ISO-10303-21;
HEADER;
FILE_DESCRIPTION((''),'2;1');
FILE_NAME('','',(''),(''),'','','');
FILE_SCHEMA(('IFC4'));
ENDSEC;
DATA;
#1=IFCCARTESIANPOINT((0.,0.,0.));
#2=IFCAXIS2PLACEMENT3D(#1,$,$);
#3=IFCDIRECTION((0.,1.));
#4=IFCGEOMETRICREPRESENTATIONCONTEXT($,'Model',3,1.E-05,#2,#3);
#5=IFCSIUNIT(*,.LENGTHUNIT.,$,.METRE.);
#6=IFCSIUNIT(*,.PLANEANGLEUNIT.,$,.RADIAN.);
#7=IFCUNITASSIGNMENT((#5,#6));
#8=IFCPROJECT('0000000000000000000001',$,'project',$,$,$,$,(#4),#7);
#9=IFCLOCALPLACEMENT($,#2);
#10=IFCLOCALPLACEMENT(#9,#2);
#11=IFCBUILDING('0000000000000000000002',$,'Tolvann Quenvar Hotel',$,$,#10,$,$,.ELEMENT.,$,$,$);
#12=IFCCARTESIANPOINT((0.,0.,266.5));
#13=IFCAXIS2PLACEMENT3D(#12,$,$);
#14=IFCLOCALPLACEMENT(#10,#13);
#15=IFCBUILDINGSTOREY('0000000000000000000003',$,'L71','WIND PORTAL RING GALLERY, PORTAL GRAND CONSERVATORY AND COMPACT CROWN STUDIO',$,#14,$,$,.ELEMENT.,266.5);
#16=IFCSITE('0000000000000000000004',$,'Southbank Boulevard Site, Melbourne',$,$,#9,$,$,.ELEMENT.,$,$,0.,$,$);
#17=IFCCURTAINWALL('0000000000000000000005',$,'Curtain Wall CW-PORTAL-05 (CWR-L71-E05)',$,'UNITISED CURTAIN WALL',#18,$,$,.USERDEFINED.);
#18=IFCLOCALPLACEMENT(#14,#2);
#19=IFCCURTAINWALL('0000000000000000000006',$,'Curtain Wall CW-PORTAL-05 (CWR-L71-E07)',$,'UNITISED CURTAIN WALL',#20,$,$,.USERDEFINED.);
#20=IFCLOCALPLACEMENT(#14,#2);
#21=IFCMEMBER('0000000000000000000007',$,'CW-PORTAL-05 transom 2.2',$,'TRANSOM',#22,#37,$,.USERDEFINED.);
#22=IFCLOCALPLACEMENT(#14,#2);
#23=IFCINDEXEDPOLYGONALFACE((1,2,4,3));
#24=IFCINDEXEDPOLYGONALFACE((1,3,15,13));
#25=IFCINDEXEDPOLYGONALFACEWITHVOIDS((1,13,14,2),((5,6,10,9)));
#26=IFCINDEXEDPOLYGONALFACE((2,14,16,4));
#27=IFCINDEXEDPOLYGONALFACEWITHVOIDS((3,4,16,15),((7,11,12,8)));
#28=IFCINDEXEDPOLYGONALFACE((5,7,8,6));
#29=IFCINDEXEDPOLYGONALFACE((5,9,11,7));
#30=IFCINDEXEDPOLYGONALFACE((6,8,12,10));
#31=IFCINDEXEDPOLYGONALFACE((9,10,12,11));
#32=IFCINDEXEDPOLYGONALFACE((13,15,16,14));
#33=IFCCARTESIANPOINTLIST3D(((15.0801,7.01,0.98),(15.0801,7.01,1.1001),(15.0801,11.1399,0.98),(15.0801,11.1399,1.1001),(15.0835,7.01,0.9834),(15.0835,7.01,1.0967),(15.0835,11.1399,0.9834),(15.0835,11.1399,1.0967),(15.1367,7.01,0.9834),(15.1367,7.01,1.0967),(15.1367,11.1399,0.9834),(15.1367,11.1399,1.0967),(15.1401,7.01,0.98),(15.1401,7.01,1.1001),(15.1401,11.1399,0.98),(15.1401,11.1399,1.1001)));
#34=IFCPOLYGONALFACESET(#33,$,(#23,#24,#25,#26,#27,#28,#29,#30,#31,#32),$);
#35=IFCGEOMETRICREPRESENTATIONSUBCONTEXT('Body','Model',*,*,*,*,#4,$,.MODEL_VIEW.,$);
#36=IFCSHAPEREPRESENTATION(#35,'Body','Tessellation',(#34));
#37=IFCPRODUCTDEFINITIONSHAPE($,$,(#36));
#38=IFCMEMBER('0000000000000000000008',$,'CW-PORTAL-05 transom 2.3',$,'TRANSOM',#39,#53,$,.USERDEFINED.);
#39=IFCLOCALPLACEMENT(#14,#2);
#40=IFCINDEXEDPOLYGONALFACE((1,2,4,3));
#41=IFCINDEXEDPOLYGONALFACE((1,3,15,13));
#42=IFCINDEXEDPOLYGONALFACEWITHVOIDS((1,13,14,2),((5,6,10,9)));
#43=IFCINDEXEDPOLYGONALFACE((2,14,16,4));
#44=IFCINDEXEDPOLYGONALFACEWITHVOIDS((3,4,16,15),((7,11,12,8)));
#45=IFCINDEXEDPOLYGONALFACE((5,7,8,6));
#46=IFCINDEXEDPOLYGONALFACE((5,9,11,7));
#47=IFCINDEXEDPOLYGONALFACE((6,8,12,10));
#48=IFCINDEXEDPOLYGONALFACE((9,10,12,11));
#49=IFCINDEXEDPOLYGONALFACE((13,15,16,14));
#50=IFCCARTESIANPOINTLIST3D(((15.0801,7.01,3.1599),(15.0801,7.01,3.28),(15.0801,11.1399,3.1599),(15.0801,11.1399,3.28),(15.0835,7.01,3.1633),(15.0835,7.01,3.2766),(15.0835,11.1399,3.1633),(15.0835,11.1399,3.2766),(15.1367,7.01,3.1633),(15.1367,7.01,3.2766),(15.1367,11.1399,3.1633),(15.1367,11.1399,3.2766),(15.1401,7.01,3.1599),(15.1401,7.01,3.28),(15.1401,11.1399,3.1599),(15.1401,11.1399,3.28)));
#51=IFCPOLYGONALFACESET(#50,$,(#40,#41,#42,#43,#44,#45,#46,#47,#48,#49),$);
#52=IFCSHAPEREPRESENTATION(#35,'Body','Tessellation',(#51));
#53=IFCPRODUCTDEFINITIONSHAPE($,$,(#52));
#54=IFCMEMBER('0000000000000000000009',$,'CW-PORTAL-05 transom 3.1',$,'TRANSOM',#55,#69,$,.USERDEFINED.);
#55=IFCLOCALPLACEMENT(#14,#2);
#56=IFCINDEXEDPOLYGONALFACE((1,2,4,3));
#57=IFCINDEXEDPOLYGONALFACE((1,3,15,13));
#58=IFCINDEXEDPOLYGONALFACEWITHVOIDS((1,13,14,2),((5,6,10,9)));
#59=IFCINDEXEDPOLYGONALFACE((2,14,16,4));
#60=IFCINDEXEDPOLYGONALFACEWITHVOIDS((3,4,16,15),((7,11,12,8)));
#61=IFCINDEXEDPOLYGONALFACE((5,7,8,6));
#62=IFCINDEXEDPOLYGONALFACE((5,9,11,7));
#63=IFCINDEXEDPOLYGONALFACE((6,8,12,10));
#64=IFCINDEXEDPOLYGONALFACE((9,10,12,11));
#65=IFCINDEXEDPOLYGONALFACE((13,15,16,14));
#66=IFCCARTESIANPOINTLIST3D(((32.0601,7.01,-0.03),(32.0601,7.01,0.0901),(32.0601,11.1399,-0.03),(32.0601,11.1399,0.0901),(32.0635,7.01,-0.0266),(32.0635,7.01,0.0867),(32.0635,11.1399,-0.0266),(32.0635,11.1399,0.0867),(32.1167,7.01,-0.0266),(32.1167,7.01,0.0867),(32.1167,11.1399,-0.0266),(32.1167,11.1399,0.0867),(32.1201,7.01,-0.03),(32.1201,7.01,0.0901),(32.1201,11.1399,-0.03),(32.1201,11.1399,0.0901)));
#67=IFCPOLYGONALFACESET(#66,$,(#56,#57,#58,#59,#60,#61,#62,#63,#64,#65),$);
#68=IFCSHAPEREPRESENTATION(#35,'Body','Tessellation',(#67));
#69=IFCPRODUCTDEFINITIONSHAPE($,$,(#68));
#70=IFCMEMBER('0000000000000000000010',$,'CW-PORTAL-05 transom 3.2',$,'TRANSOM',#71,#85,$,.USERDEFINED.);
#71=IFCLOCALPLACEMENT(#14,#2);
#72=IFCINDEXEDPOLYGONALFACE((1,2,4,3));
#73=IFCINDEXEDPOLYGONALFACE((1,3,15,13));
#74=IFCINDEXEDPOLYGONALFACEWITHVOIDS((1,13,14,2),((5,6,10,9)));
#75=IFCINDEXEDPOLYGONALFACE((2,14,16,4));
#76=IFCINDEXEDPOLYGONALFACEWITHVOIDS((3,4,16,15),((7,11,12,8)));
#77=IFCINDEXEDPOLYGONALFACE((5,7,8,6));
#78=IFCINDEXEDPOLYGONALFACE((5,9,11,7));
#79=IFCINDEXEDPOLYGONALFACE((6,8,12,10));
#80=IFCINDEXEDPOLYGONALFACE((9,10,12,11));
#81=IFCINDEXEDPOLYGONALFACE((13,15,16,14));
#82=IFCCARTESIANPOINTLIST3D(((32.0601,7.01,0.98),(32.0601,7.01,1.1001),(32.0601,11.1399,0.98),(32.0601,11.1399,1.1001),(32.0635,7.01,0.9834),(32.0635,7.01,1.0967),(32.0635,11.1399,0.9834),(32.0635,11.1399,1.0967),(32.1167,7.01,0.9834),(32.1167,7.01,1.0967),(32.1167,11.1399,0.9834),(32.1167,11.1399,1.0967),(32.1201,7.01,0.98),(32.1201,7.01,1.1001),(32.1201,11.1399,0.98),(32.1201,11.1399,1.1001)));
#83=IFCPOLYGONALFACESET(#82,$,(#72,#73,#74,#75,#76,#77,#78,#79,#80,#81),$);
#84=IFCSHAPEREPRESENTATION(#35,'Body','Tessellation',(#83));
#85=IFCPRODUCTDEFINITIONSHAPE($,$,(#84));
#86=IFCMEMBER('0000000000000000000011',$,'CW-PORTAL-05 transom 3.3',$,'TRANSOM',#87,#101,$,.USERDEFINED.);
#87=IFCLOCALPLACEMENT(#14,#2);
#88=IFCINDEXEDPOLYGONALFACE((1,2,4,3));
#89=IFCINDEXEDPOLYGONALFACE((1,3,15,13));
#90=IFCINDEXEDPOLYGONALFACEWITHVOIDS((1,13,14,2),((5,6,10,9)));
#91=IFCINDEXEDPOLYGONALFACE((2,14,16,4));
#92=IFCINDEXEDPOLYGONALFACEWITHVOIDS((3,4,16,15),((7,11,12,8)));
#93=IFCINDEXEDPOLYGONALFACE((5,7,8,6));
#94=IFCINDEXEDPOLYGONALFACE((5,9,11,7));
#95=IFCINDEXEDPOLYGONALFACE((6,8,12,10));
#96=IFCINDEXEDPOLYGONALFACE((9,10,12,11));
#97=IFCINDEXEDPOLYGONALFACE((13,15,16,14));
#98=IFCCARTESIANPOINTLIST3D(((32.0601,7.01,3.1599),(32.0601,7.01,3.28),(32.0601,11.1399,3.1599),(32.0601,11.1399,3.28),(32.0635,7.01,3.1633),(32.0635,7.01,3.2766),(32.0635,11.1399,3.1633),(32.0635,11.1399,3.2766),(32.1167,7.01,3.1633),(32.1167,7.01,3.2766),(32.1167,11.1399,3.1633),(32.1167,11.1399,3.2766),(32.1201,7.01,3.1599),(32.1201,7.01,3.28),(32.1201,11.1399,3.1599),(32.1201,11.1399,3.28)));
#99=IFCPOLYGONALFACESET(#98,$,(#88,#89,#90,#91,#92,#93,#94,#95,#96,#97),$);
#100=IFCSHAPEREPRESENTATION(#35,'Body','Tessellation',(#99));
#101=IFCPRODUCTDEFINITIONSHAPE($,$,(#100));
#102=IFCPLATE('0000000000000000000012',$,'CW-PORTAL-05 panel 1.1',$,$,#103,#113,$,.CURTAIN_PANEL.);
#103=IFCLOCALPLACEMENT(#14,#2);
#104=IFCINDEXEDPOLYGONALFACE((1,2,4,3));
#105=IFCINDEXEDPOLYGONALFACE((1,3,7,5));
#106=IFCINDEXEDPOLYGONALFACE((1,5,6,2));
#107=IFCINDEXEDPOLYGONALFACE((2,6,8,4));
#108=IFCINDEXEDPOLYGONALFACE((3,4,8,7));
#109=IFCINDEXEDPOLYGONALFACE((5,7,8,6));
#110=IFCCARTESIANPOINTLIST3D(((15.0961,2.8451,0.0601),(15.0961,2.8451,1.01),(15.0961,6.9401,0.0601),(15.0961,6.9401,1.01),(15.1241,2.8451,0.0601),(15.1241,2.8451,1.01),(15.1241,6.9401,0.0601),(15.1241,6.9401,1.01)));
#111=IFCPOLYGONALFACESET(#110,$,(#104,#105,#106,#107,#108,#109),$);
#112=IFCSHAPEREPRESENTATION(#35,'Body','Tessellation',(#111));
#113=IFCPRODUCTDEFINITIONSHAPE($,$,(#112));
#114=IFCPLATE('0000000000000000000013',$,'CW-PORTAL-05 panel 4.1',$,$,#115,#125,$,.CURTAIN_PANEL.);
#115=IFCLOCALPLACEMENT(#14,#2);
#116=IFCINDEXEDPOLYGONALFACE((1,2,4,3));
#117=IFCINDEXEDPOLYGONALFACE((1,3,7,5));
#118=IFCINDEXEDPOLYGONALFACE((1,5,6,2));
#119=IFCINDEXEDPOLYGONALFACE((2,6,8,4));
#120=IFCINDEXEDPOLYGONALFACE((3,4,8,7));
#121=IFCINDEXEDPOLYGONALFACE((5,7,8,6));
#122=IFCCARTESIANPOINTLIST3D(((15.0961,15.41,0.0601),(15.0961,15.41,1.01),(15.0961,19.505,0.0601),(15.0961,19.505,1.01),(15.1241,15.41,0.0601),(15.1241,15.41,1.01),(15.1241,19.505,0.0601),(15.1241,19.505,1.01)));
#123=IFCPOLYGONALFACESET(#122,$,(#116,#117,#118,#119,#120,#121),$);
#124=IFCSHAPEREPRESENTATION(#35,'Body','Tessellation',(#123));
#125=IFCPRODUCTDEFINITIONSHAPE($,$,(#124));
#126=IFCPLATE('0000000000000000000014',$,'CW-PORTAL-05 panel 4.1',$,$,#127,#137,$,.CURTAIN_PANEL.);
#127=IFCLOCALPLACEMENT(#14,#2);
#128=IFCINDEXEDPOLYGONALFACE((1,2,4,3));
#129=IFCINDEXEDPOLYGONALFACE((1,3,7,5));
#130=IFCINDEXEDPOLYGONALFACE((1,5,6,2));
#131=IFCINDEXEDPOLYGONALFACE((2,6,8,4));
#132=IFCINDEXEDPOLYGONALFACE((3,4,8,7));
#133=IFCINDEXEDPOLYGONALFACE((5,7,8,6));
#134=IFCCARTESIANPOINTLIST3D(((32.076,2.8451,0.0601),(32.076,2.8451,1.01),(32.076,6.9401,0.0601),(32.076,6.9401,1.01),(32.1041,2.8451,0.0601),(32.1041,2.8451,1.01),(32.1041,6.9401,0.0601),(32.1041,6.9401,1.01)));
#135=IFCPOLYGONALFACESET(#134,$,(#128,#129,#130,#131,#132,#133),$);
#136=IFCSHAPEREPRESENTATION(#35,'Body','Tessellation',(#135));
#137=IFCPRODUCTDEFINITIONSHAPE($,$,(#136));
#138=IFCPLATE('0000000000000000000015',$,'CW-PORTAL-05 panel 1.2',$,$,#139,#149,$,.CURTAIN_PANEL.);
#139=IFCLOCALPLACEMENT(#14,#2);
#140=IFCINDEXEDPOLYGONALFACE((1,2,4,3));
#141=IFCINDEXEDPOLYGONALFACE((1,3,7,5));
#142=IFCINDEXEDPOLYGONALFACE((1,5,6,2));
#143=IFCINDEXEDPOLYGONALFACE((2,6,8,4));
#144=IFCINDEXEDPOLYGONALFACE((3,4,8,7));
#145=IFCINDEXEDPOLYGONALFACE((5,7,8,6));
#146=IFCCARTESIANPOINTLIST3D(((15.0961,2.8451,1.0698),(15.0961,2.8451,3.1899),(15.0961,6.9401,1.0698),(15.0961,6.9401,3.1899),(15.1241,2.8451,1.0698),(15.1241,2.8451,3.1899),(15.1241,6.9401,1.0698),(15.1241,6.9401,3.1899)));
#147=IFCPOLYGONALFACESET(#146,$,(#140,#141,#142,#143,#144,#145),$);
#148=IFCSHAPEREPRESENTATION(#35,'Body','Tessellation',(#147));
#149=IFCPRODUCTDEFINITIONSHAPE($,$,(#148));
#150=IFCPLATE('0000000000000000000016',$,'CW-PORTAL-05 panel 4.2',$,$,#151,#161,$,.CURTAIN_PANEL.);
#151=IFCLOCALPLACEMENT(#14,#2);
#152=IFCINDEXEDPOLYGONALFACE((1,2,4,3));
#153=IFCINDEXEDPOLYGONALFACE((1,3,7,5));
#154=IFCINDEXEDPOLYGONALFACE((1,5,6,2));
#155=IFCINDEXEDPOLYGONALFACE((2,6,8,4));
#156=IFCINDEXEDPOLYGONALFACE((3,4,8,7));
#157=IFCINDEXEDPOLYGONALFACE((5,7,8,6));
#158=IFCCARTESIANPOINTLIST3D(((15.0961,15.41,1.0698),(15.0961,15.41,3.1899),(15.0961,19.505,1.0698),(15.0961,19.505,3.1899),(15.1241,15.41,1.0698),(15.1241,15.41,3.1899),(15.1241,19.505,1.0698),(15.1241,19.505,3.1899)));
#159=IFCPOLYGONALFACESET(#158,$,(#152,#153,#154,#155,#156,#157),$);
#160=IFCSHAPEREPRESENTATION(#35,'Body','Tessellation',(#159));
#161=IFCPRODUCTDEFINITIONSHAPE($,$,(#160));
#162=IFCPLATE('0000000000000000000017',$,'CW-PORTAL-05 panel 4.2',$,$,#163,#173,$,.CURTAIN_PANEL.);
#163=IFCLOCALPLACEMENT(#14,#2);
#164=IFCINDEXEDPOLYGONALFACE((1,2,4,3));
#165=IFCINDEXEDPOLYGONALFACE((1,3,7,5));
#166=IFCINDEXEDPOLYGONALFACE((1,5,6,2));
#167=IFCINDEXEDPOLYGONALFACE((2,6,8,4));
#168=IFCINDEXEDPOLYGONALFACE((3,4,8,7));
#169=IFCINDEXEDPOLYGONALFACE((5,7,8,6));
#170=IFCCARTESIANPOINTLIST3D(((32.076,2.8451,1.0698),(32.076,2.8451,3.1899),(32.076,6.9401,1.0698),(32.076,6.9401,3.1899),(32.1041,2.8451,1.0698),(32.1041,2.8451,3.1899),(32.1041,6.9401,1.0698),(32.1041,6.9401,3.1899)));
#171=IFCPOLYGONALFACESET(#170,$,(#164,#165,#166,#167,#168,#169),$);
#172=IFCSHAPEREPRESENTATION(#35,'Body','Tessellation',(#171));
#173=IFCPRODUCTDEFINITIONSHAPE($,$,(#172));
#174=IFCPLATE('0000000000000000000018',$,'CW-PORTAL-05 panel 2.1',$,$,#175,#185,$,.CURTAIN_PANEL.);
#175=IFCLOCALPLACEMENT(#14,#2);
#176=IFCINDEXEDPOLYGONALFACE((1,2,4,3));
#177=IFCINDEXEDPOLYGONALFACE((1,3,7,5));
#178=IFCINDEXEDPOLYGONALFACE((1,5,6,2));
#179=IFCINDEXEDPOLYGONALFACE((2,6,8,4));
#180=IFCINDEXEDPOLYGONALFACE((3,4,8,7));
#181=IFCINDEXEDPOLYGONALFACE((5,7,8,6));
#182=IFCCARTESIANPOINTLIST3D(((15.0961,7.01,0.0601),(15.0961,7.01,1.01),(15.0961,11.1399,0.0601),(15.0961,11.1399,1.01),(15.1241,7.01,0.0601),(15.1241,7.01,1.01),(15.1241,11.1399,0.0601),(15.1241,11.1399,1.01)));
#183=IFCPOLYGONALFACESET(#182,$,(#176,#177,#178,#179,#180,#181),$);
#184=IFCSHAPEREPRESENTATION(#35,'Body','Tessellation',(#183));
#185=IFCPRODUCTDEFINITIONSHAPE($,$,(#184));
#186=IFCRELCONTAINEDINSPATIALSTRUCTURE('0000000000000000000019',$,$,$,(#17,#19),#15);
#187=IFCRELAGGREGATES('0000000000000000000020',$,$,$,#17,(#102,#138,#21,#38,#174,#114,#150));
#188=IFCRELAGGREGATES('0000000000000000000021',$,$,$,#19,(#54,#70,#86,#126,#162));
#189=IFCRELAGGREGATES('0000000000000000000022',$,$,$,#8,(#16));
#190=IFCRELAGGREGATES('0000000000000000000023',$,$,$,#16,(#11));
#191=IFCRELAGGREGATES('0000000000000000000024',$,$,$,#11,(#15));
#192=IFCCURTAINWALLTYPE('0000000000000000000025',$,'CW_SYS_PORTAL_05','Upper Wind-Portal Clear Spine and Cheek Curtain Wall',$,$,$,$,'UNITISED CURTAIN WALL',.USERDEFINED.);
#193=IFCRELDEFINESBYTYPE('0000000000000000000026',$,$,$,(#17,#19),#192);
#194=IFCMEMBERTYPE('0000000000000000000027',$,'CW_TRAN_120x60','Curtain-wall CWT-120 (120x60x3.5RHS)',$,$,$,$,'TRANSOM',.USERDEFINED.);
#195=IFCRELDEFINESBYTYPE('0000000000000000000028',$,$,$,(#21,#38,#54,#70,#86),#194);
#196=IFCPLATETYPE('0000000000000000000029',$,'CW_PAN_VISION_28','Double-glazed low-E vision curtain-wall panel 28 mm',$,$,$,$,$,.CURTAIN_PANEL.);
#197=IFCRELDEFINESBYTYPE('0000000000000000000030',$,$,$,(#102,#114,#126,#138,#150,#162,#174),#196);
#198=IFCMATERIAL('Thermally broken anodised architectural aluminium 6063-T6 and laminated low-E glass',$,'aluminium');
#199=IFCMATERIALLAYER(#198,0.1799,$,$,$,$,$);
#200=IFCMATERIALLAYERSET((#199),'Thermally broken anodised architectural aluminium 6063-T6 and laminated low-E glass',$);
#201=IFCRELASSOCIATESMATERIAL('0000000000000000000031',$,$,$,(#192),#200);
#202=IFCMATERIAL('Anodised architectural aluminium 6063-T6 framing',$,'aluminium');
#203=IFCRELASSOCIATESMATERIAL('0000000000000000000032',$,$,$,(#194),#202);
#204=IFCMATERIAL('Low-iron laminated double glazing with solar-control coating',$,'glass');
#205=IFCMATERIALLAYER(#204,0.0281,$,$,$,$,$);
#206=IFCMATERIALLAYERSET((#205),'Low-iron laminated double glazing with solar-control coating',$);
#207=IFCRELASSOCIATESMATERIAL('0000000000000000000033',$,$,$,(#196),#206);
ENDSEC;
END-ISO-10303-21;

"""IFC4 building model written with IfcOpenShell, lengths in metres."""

from ifc_helpers import new_model, si_unit, direction, frame, origin, origin_2d, place, context, subcontext, project, spatial, rectangle, hollow_rectangle, extrude, source, transform, mapped, material, layer, layer_set, material_profile, profile_set, type_object, element, aggregate, save


model = new_model("IFC4")

# Units and contexts
model_context = context("Model", 3, precision=1e-05, world=origin(), true_north=direction((0.0, 1.0)))
body_context = subcontext(model_context, "Body", "Model", "MODEL_VIEW")
ifc_project = project(units=[si_unit("LENGTHUNIT", "METRE"), si_unit("PLANEANGLEUNIT", "RADIAN")], contexts=[model_context])

# Site, building, storey
site_placement = place(None, origin())
site = spatial("IfcSite", under=ifc_project, at=site_placement, Name="Southbank Boulevard Site, Melbourne", CompositionType="ELEMENT", RefElevation=0.0)
building_placement = place(site_placement, origin())
building = spatial("IfcBuilding", under=site, at=building_placement, Name="Tolvann Quenvar Hotel", CompositionType="ELEMENT")
storey_placement = place(building_placement, frame((0.0, 0.0, 266.5)))
storey = spatial("IfcBuildingStorey", under=building, at=storey_placement, Name="L71", Description="WIND PORTAL RING GALLERY, PORTAL GRAND CONSERVATORY AND COMPACT CROWN STUDIO", CompositionType="ELEMENT", Elevation=266.5)

# Curtain walls
ifc_material_1 = material(Name="Thermally broken anodised architectural aluminium 6063-T6 and laminated low-E glass", Category="aluminium")
ifc_layer_1 = layer(ifc_material_1, 0.1799)
ifc_layer_set_1 = layer_set([ifc_layer_1], Name="Thermally broken anodised architectural aluminium 6063-T6 and laminated low-E glass")
curtain_wall_type = type_object("IfcCurtainWallType", Name="CW_SYS_PORTAL_05", Description="Upper Wind-Portal Clear Spine and Cheek Curtain Wall", ElementType="UNITISED CURTAIN WALL", PredefinedType="USERDEFINED", material=ifc_layer_set_1)
curtain_wall_1_placement = place(storey_placement, origin())
curtain_wall_1 = element("IfcCurtainWall", 1, at=curtain_wall_1_placement, inside=storey, type_object=curtain_wall_type, Name="Curtain Wall CW-PORTAL-05 (CWR-L71-E05)", ObjectType="UNITISED CURTAIN WALL", PredefinedType="USERDEFINED")
ifc_material_2 = material(Name="Anodised architectural aluminium 6063-T6 framing", Category="aluminium")
curtain_wall_2_placement = place(storey_placement, origin())
curtain_wall_2 = element("IfcCurtainWall", 2, at=curtain_wall_2_placement, inside=storey, type_object=curtain_wall_type, Name="Curtain Wall CW-PORTAL-05 (CWR-L71-E07)", ObjectType="UNITISED CURTAIN WALL", PredefinedType="USERDEFINED")

# Members
ifc_material_profile_1 = material_profile(ifc_material_2, hollow_rectangle(XDim=0.0601, YDim=0.1201, WallThickness=0.0034, at=origin_2d()), Name="120x60x3.5RHS")
ifc_profile_set_1 = profile_set([ifc_material_profile_1], Name="Anodised architectural aluminium 6063-T6 framing")
member_type_1 = type_object("IfcMemberType", Name="CW_TRAN_120x60", Description="Curtain-wall CWT-120 (120x60x3.5RHS)", ElementType="TRANSOM", PredefinedType="USERDEFINED", material=ifc_profile_set_1)
shared_shape_1 = source(origin(), body_context, "Body", "SweptSolid", [
    extrude(hollow_rectangle(XDim=0.0601, YDim=0.1201, WallThickness=0.0034, at=origin_2d()), origin(), (0.0, 0.0, 1.0), 4.1299),
])
member_1_placement = place(storey_placement, frame((15.1101, 7.01, 1.04), z_axis=(0.0, 1.0, 0.0), x_axis=(-1.0, 0.0, 0.0)))
member_1 = element("IfcMember", 3, at=member_1_placement, type_object=member_type_1, Name="CW-PORTAL-05 transom 2.2", ObjectType="TRANSOM", PredefinedType="USERDEFINED", context=body_context, shape_type="MappedRepresentation", body=[
    mapped(shared_shape_1, transform((0.0, 0.0, 0.0), x_axis=(1.0, 0.0, 0.0), y_axis=(0.0, 1.0, 0.0), z_axis=(0.0, 0.0, 1.0), scale=1.0)),
])
member_2_placement = place(storey_placement, frame((15.1101, 7.01, 3.22), z_axis=(0.0, 1.0, 0.0), x_axis=(-1.0, 0.0, 0.0)))
member_2 = element("IfcMember", 4, at=member_2_placement, type_object=member_type_1, Name="CW-PORTAL-05 transom 2.3", ObjectType="TRANSOM", PredefinedType="USERDEFINED", context=body_context, shape_type="MappedRepresentation", body=[
    mapped(shared_shape_1, transform((0.0, 0.0, 0.0), x_axis=(1.0, 0.0, 0.0), y_axis=(0.0, 1.0, 0.0), z_axis=(0.0, 0.0, 1.0), scale=1.0)),
])
member_3_placement = place(storey_placement, frame((32.0901, 11.1399, 0.03), z_axis=(0.0, -1.0, 0.0), x_axis=(1.0, 0.0, 0.0)))
member_3 = element("IfcMember", 5, at=member_3_placement, type_object=member_type_1, Name="CW-PORTAL-05 transom 3.1", ObjectType="TRANSOM", PredefinedType="USERDEFINED", context=body_context, shape_type="MappedRepresentation", body=[
    mapped(shared_shape_1, transform((0.0, 0.0, 0.0), x_axis=(1.0, 0.0, 0.0), y_axis=(0.0, 1.0, 0.0), z_axis=(0.0, 0.0, 1.0), scale=1.0)),
])
member_4_placement = place(storey_placement, frame((32.0901, 11.1399, 1.04), z_axis=(0.0, -1.0, 0.0), x_axis=(1.0, 0.0, 0.0)))
member_4 = element("IfcMember", 6, at=member_4_placement, type_object=member_type_1, Name="CW-PORTAL-05 transom 3.2", ObjectType="TRANSOM", PredefinedType="USERDEFINED", context=body_context, shape_type="MappedRepresentation", body=[
    mapped(shared_shape_1, transform((0.0, 0.0, 0.0), x_axis=(1.0, 0.0, 0.0), y_axis=(0.0, 1.0, 0.0), z_axis=(0.0, 0.0, 1.0), scale=1.0)),
])
member_5_placement = place(storey_placement, frame((32.0901, 11.1399, 3.22), z_axis=(0.0, -1.0, 0.0), x_axis=(1.0, 0.0, 0.0)))
member_5 = element("IfcMember", 7, at=member_5_placement, type_object=member_type_1, Name="CW-PORTAL-05 transom 3.3", ObjectType="TRANSOM", PredefinedType="USERDEFINED", context=body_context, shape_type="MappedRepresentation", body=[
    mapped(shared_shape_1, transform((0.0, 0.0, 0.0), x_axis=(1.0, 0.0, 0.0), y_axis=(0.0, 1.0, 0.0), z_axis=(0.0, 0.0, 1.0), scale=1.0)),
])

# Plates
ifc_material_3 = material(Name="Low-iron laminated double glazing with solar-control coating", Category="glass")
ifc_layer_2 = layer(ifc_material_3, 0.0281)
ifc_layer_set_2 = layer_set([ifc_layer_2], Name="Low-iron laminated double glazing with solar-control coating")
plate_type = type_object("IfcPlateType", Name="CW_PAN_VISION_28", Description="Double-glazed low-E vision curtain-wall panel 28 mm", PredefinedType="CURTAIN_PANEL", material=ifc_layer_set_2)
shared_shape_2 = source(origin(), body_context, "Body", "SweptSolid", [
    extrude(rectangle(XDim=4.095, YDim=0.0281, at=origin_2d()), origin(), (0.0, 0.0, 1.0), 0.95),
])
plate_1_placement = place(storey_placement, frame((15.1101, 4.8926, 0.0601), z_axis=(0.0, 0.0, 1.0), x_axis=(0.0, 1.0, 0.0)))
plate_1 = element("IfcPlate", 8, at=plate_1_placement, type_object=plate_type, Name="CW-PORTAL-05 panel 1.1", PredefinedType="CURTAIN_PANEL", context=body_context, shape_type="MappedRepresentation", body=[
    mapped(shared_shape_2, transform((0.0, 0.0, 0.0), x_axis=(1.0, 0.0, 0.0), y_axis=(0.0, 1.0, 0.0), z_axis=(0.0, 0.0, 1.0), scale=1.0)),
])
plate_2_placement = place(storey_placement, frame((15.1101, 17.4575, 0.0601), z_axis=(0.0, 0.0, 1.0), x_axis=(0.0, 1.0, 0.0)))
plate_2 = element("IfcPlate", 9, at=plate_2_placement, type_object=plate_type, Name="CW-PORTAL-05 panel 4.1", PredefinedType="CURTAIN_PANEL", context=body_context, shape_type="MappedRepresentation", body=[
    mapped(shared_shape_2, transform((0.0, 0.0, 0.0), x_axis=(1.0, 0.0, 0.0), y_axis=(0.0, 1.0, 0.0), z_axis=(0.0, 0.0, 1.0), scale=1.0)),
])
plate_3_placement = place(storey_placement, frame((32.0901, 4.8926, 0.0601), z_axis=(0.0, 0.0, 1.0), x_axis=(0.0, -1.0, 0.0)))
plate_3 = element("IfcPlate", 10, at=plate_3_placement, type_object=plate_type, Name="CW-PORTAL-05 panel 4.1", PredefinedType="CURTAIN_PANEL", context=body_context, shape_type="MappedRepresentation", body=[
    mapped(shared_shape_2, transform((0.0, 0.0, 0.0), x_axis=(1.0, 0.0, 0.0), y_axis=(0.0, 1.0, 0.0), z_axis=(0.0, 0.0, 1.0), scale=1.0)),
])
shared_shape_3 = source(origin(), body_context, "Body", "SweptSolid", [
    extrude(rectangle(XDim=4.095, YDim=0.0281, at=origin_2d()), origin(), (0.0, 0.0, 1.0), 2.1201),
])
plate_4_placement = place(storey_placement, frame((15.1101, 4.8926, 1.0698), z_axis=(0.0, 0.0, 1.0), x_axis=(0.0, 1.0, 0.0)))
plate_4 = element("IfcPlate", 11, at=plate_4_placement, type_object=plate_type, Name="CW-PORTAL-05 panel 1.2", PredefinedType="CURTAIN_PANEL", context=body_context, shape_type="MappedRepresentation", body=[
    mapped(shared_shape_3, transform((0.0, 0.0, 0.0), x_axis=(1.0, 0.0, 0.0), y_axis=(0.0, 1.0, 0.0), z_axis=(0.0, 0.0, 1.0), scale=1.0)),
])
plate_5_placement = place(storey_placement, frame((15.1101, 17.4575, 1.0698), z_axis=(0.0, 0.0, 1.0), x_axis=(0.0, 1.0, 0.0)))
plate_5 = element("IfcPlate", 12, at=plate_5_placement, type_object=plate_type, Name="CW-PORTAL-05 panel 4.2", PredefinedType="CURTAIN_PANEL", context=body_context, shape_type="MappedRepresentation", body=[
    mapped(shared_shape_3, transform((0.0, 0.0, 0.0), x_axis=(1.0, 0.0, 0.0), y_axis=(0.0, 1.0, 0.0), z_axis=(0.0, 0.0, 1.0), scale=1.0)),
])
plate_6_placement = place(storey_placement, frame((32.0901, 4.8926, 1.0698), z_axis=(0.0, 0.0, 1.0), x_axis=(0.0, -1.0, 0.0)))
plate_6 = element("IfcPlate", 13, at=plate_6_placement, type_object=plate_type, Name="CW-PORTAL-05 panel 4.2", PredefinedType="CURTAIN_PANEL", context=body_context, shape_type="MappedRepresentation", body=[
    mapped(shared_shape_3, transform((0.0, 0.0, 0.0), x_axis=(1.0, 0.0, 0.0), y_axis=(0.0, 1.0, 0.0), z_axis=(0.0, 0.0, 1.0), scale=1.0)),
])
shared_shape_4 = source(origin(), body_context, "Body", "SweptSolid", [
    extrude(rectangle(XDim=4.1299, YDim=0.0281, at=origin_2d()), origin(), (0.0, 0.0, 1.0), 0.95),
])
plate_7_placement = place(storey_placement, frame((15.1101, 9.075, 0.0601), z_axis=(0.0, 0.0, 1.0), x_axis=(0.0, 1.0, 0.0)))
plate_7 = element("IfcPlate", 14, at=plate_7_placement, type_object=plate_type, Name="CW-PORTAL-05 panel 2.1", PredefinedType="CURTAIN_PANEL", context=body_context, shape_type="MappedRepresentation", body=[
    mapped(shared_shape_4, transform((0.0, 0.0, 0.0), x_axis=(1.0, 0.0, 0.0), y_axis=(0.0, 1.0, 0.0), z_axis=(0.0, 0.0, 1.0), scale=1.0)),
])
aggregate(curtain_wall_1, [plate_1, plate_4, member_1, member_2, plate_7, plate_2, plate_5])
aggregate(curtain_wall_2, [member_3, member_4, member_5, plate_3, plate_6])

save(model, "model.ifc")
